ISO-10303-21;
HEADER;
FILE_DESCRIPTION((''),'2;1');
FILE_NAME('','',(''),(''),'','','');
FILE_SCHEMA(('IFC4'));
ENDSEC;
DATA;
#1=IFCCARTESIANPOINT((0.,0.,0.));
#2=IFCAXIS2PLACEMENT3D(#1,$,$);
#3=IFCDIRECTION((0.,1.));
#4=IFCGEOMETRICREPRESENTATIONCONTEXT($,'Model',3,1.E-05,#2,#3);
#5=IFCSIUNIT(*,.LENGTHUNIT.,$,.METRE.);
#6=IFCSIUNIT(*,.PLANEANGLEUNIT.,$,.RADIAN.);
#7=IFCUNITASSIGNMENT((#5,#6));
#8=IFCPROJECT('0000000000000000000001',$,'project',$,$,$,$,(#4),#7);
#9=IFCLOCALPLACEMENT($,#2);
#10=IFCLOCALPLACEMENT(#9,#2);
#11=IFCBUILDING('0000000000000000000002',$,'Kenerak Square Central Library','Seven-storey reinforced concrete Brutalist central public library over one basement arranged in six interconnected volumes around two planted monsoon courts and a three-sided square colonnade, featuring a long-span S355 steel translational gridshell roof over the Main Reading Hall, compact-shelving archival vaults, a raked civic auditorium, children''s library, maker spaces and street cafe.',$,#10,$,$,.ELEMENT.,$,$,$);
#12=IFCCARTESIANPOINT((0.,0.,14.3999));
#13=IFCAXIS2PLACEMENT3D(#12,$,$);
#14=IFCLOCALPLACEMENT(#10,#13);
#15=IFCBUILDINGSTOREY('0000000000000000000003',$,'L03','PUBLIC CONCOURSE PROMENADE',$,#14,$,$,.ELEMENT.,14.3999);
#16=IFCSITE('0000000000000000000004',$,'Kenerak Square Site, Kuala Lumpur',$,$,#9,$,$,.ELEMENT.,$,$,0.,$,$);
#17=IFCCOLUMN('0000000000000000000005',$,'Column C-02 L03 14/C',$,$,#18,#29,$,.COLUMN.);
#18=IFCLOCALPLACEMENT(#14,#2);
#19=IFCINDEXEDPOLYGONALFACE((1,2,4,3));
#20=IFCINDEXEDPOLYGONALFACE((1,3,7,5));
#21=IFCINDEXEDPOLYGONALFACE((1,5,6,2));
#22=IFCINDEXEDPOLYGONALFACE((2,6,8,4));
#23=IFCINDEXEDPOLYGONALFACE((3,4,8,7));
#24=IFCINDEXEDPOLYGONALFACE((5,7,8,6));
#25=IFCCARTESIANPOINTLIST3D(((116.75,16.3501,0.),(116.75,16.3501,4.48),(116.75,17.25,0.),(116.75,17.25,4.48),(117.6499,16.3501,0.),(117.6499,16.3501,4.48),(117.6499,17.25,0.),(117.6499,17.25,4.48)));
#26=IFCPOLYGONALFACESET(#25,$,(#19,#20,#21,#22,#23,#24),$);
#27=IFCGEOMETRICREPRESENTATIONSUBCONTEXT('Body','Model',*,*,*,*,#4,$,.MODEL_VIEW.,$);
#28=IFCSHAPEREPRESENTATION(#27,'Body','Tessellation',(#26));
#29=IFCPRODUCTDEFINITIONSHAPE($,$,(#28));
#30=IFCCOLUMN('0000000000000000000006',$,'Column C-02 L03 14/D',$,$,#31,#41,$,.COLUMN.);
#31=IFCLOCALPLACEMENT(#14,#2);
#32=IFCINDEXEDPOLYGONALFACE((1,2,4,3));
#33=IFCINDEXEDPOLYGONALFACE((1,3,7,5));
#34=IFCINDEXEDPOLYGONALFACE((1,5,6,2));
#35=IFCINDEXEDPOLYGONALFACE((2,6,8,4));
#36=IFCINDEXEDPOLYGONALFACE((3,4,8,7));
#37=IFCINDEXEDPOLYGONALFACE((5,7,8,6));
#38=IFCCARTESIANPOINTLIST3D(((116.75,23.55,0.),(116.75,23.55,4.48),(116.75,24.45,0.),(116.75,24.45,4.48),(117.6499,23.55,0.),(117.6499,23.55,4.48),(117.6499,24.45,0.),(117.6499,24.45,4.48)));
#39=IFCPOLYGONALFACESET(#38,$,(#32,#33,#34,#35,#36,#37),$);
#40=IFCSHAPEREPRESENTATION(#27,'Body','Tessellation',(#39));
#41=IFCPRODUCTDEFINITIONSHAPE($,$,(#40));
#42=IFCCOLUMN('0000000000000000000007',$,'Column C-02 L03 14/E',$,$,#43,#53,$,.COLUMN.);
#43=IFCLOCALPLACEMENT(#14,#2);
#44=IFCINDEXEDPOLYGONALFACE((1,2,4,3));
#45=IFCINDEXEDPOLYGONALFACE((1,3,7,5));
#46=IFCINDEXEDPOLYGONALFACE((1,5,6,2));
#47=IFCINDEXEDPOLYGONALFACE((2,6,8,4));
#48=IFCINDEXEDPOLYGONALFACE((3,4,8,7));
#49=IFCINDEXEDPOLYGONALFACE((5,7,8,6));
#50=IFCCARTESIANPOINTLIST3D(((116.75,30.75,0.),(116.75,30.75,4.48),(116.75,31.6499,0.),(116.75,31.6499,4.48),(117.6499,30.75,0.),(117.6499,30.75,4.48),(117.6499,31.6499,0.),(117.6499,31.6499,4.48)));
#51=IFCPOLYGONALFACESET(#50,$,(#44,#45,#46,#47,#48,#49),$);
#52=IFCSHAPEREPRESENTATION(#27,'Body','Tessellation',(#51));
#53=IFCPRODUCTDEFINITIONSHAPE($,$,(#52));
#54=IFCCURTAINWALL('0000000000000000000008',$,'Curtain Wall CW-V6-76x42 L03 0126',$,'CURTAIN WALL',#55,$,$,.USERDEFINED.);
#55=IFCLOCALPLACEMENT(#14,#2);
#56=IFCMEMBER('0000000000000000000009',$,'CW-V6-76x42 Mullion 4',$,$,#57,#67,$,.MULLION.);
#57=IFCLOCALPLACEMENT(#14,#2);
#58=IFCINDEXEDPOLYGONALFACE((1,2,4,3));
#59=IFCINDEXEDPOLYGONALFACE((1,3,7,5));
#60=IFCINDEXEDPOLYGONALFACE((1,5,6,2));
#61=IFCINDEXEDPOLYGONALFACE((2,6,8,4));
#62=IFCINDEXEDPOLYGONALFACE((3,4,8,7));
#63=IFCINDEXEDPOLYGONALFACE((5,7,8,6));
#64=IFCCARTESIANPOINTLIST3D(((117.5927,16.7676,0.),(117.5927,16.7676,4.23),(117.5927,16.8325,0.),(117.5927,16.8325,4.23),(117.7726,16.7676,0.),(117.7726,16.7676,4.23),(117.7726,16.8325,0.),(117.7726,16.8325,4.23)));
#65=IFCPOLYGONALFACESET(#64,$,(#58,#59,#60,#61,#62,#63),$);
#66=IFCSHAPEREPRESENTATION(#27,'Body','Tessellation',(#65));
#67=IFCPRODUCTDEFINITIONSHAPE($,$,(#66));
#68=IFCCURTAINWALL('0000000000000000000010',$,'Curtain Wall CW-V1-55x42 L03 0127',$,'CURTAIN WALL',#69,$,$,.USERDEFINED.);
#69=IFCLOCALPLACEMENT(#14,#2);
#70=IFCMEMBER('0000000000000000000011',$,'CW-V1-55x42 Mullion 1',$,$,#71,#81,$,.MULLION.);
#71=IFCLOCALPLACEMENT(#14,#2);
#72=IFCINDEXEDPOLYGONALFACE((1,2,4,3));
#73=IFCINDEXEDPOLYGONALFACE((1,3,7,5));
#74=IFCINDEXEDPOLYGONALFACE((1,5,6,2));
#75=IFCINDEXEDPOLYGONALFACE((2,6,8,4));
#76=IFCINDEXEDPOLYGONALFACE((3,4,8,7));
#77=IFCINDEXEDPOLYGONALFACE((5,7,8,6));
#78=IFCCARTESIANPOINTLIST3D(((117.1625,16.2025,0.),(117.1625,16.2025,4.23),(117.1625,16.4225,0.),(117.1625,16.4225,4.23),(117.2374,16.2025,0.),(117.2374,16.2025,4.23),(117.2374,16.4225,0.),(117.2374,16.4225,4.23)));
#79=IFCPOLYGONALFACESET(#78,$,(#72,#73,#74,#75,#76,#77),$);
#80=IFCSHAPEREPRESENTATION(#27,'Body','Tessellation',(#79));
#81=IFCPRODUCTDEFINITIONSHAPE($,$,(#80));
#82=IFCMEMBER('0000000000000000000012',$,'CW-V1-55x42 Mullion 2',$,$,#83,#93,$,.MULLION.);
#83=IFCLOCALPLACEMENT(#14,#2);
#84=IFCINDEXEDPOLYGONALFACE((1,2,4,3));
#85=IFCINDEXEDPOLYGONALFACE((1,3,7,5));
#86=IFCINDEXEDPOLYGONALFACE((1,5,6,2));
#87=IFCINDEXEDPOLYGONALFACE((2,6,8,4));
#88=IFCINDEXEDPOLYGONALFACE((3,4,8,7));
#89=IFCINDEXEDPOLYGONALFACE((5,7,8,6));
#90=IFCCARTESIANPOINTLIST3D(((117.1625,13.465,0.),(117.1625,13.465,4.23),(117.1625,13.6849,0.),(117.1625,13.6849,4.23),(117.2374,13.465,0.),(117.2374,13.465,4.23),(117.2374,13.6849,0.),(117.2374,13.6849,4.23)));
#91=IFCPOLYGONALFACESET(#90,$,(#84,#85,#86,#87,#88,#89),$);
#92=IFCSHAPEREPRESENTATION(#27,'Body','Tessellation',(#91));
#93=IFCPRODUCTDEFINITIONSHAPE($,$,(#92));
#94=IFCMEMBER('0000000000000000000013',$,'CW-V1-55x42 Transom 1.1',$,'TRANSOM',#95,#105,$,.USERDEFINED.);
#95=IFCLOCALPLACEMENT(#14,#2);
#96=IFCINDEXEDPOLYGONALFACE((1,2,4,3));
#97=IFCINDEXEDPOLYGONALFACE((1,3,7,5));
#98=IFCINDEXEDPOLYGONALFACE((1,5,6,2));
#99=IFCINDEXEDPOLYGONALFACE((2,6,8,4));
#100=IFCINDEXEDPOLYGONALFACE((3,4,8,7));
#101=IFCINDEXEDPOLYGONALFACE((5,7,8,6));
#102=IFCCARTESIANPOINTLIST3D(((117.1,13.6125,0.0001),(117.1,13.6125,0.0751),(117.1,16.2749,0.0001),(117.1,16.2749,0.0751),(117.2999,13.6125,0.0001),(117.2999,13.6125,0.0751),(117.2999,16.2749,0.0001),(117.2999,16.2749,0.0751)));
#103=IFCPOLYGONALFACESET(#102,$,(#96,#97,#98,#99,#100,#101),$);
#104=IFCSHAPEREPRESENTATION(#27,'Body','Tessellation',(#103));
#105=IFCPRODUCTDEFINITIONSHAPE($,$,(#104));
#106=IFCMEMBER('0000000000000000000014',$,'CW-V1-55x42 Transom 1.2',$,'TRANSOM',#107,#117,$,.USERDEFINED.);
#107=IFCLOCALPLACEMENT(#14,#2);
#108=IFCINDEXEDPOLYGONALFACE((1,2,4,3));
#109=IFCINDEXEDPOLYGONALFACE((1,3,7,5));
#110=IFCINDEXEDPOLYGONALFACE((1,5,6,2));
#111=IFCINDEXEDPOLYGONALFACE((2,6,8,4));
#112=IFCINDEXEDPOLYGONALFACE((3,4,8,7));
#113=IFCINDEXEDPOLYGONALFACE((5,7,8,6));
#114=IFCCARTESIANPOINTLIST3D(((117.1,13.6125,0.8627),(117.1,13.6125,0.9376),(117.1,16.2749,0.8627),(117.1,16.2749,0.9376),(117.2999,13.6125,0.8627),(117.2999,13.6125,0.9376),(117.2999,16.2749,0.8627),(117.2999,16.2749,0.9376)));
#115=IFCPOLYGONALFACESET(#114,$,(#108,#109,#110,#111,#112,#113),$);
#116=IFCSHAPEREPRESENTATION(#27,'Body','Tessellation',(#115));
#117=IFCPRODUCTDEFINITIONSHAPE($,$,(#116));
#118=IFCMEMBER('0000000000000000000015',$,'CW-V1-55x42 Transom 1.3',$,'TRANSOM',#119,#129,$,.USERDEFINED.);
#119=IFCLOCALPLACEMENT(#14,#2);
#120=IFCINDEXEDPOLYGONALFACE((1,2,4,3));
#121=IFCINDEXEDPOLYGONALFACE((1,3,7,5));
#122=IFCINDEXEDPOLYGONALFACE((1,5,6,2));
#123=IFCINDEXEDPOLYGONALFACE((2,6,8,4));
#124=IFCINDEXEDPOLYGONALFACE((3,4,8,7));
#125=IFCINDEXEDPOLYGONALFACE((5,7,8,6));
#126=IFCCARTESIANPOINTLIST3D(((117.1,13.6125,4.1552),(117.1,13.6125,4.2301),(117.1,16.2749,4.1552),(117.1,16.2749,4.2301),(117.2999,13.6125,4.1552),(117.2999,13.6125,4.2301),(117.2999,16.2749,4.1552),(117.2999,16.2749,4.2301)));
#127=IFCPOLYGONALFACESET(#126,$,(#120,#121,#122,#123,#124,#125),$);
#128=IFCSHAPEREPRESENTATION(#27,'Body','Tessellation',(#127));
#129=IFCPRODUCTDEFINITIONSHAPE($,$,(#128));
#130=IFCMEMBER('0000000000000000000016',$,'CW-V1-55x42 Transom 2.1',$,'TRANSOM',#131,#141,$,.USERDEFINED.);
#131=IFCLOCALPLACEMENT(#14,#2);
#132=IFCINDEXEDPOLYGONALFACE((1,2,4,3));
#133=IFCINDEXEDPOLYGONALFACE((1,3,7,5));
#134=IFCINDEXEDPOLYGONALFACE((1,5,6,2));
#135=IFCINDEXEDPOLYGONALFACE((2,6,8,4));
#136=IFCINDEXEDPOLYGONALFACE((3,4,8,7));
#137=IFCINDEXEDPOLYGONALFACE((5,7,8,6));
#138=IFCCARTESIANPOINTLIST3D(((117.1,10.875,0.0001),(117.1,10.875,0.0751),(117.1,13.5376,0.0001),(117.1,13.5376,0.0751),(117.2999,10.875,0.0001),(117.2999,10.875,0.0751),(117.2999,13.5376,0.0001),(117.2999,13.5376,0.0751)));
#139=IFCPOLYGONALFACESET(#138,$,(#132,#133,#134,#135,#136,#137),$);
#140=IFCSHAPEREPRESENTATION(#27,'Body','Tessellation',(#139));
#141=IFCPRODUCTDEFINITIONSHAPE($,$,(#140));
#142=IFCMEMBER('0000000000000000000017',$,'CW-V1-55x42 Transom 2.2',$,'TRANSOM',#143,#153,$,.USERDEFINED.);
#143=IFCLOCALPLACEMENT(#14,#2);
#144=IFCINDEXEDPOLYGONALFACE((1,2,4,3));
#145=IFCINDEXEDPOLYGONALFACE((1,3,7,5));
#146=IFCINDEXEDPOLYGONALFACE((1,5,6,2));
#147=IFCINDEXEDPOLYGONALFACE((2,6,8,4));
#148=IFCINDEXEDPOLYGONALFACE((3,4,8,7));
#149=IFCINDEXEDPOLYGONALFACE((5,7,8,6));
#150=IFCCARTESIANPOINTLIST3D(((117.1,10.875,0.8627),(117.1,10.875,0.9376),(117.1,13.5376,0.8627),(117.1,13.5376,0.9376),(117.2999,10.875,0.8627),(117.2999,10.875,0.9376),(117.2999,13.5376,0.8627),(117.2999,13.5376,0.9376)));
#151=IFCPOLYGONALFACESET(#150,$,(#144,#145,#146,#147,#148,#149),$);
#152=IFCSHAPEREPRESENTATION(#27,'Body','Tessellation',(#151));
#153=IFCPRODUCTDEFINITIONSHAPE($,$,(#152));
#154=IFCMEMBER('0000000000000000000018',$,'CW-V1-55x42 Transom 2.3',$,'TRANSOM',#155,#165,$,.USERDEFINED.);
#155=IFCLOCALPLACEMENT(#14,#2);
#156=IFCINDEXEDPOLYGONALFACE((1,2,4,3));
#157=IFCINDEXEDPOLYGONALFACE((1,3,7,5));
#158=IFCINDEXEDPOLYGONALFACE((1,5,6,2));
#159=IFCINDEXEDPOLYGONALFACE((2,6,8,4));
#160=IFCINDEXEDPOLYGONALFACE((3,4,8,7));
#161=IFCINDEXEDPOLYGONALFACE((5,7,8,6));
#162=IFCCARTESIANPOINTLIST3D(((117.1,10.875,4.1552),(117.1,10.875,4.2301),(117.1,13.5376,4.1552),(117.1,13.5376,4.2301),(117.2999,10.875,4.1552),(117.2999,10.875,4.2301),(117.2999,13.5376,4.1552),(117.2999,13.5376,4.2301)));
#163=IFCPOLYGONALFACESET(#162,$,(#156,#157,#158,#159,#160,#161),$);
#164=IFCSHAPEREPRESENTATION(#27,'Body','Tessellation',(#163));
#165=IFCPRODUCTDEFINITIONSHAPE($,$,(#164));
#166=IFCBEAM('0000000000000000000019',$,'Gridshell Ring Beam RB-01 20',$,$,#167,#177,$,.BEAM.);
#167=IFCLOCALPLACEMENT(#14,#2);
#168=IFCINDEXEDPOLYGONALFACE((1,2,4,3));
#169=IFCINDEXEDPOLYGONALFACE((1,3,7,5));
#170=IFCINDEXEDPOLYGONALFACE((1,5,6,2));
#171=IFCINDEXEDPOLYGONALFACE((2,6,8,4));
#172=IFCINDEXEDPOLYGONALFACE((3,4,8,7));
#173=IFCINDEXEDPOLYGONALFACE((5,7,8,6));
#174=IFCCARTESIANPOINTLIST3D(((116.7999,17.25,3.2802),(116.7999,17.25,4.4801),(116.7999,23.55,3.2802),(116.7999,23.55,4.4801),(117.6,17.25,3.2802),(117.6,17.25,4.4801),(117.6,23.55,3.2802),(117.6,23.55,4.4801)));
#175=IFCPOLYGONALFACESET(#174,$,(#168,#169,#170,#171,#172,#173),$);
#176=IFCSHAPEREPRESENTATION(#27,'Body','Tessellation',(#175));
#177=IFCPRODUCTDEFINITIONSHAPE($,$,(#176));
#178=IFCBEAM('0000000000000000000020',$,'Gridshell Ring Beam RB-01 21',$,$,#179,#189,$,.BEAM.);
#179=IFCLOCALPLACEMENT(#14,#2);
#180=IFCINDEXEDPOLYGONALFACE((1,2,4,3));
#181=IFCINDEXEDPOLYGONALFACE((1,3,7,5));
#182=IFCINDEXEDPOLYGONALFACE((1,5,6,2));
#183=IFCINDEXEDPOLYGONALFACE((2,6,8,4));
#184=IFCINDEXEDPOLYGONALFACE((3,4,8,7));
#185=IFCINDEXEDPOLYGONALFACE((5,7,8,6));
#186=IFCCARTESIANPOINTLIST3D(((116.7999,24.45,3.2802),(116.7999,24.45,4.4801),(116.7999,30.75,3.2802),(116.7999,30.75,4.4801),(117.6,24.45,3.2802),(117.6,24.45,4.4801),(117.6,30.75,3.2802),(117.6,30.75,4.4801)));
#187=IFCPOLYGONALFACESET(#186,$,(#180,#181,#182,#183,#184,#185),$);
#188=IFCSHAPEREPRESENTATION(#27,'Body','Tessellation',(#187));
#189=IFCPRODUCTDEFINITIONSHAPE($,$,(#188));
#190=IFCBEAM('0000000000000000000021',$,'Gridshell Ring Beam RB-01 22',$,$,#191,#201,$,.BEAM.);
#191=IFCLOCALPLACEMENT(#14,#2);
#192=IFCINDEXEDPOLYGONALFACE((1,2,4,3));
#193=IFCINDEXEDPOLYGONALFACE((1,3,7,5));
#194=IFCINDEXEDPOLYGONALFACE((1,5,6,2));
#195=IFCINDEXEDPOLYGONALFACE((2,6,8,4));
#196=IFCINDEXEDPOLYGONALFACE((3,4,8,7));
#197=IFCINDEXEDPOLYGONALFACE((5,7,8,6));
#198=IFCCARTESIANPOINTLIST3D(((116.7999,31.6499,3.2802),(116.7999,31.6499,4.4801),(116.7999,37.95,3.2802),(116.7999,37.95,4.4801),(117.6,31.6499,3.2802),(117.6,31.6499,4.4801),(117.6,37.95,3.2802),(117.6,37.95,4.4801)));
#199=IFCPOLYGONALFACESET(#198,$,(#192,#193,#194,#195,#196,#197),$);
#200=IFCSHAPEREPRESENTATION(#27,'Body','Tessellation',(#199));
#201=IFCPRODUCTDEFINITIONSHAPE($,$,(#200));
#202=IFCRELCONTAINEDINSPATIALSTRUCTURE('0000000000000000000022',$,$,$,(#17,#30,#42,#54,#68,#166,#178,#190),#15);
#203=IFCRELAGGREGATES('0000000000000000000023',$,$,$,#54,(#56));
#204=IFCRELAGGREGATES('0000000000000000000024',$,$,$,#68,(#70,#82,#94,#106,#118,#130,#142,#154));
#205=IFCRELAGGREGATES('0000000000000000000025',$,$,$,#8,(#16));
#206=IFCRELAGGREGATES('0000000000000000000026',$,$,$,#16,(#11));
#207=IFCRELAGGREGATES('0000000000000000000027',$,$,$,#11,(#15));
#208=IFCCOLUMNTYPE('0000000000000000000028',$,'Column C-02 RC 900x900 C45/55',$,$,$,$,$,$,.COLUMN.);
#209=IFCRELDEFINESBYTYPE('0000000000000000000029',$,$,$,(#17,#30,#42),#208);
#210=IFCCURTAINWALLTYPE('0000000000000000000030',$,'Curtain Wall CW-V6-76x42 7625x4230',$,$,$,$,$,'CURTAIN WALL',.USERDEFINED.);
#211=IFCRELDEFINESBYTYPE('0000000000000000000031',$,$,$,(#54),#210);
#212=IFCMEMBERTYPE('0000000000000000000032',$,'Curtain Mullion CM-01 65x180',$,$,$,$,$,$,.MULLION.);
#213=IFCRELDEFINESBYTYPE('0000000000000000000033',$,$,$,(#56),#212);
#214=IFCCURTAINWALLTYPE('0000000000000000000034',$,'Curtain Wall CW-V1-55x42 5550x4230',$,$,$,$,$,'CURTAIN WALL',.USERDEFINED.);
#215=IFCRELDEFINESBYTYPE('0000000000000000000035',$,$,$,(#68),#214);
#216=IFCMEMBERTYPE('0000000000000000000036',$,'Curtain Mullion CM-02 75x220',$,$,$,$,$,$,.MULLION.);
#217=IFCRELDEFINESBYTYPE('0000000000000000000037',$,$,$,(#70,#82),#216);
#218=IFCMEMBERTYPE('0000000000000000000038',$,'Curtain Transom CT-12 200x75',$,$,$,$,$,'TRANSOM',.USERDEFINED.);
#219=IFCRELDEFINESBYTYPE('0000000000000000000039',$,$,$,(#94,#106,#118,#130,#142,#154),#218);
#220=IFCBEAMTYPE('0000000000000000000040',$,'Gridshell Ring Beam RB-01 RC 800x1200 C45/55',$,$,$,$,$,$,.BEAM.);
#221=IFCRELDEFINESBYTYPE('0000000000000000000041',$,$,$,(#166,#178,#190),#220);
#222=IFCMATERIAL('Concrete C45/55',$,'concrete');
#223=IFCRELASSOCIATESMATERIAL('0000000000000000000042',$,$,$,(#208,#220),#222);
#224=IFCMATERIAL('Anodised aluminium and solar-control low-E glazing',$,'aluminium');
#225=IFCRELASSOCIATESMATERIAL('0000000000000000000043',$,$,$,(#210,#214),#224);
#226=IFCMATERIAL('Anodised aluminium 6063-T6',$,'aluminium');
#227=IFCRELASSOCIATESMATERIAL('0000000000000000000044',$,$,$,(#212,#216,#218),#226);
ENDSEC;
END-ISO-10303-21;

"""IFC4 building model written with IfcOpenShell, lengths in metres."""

from ifc_helpers import new_model, si_unit, direction, frame, origin, origin_2d, place, context, subcontext, project, spatial, rectangle, extrude, material, material_profile, profile_set, type_object, element, aggregate, save


model = new_model("IFC4")

# Units and contexts
model_context = context("Model", 3, precision=1e-05, world=origin(), true_north=direction((0.0, 1.0)))
body_context = subcontext(model_context, "Body", "Model", "MODEL_VIEW")
ifc_project = project(units=[si_unit("LENGTHUNIT", "METRE"), si_unit("PLANEANGLEUNIT", "RADIAN")], contexts=[model_context])

# Site, building, storey
site_placement = place(None, origin())
site = spatial("IfcSite", under=ifc_project, at=site_placement, Name="Kenerak Square Site, Kuala Lumpur", CompositionType="ELEMENT", RefElevation=0.0)
building_placement = place(site_placement, origin())
building = spatial("IfcBuilding", under=site, at=building_placement, Name="Kenerak Square Central Library", Description="Seven-storey reinforced concrete Brutalist central public library over one basement arranged in six interconnected volumes around two planted monsoon courts and a three-sided square colonnade, featuring a long-span S355 steel translational gridshell roof over the Main Reading Hall, compact-shelving archival vaults, a raked civic auditorium, children's library, maker spaces and street cafe.", CompositionType="ELEMENT")
storey_placement = place(building_placement, frame((0.0, 0.0, 14.3999)))
storey = spatial("IfcBuildingStorey", under=building, at=storey_placement, Name="L03", Description="PUBLIC CONCOURSE PROMENADE", CompositionType="ELEMENT", Elevation=14.3999)

# Columns
ifc_material_1 = material(Name="Concrete C45/55", Category="concrete")
ifc_material_profile_1 = material_profile(ifc_material_1, rectangle(XDim=0.8999, YDim=0.8999, at=origin_2d()), Name="RC 900x900")
ifc_profile_set_1 = profile_set([ifc_material_profile_1], Name="Concrete C45/55")
column_type = type_object("IfcColumnType", Name="Column C-02 RC 900x900 C45/55", PredefinedType="COLUMN", material=ifc_profile_set_1)
for number, where, z_axis, x_axis, name in (
    (1, (117.2, 16.8, 0.0), (0.0, 0.0, 1.0), (1.0, 0.0, 0.0), "Column C-02 L03 14/C"),
    (2, (117.2, 24.0, 0.0), (0.0, 0.0, 1.0), (1.0, 0.0, 0.0), "Column C-02 L03 14/D"),
    (3, (117.2, 31.2, 0.0), (0.0, 0.0, 1.0), (1.0, 0.0, 0.0), "Column C-02 L03 14/E"),
):
    element("IfcColumn", number, at=place(storey_placement, frame(where, z_axis=z_axis, x_axis=x_axis)), inside=storey, type_object=column_type, Name=name, PredefinedType="COLUMN", context=body_context, shape_type="SweptSolid", body=[
        extrude(rectangle(XDim=0.8999, YDim=0.8999, at=origin_2d()), origin(), (0.0, 0.0, 1.0), 4.48),
    ])

# Curtain wall, member
ifc_material_2 = material(Name="Anodised aluminium and solar-control low-E glazing", Category="aluminium")
curtain_wall_type_1 = type_object("IfcCurtainWallType", Name="Curtain Wall CW-V6-76x42 7625x4230", ElementType="CURTAIN WALL", PredefinedType="USERDEFINED", material=ifc_material_2)
curtain_wall_1_placement = place(storey_placement, origin())
curtain_wall_1 = element("IfcCurtainWall", 4, at=curtain_wall_1_placement, inside=storey, type_object=curtain_wall_type_1, Name="Curtain Wall CW-V6-76x42 L03 0126", ObjectType="CURTAIN WALL", PredefinedType="USERDEFINED")
ifc_material_3 = material(Name="Anodised aluminium 6063-T6", Category="aluminium")
ifc_material_profile_2 = material_profile(ifc_material_3, rectangle(XDim=0.0649, YDim=0.1799, at=origin_2d()), Name="AL MULLION 65x180")
ifc_profile_set_2 = profile_set([ifc_material_profile_2], Name="Anodised aluminium 6063-T6")
member_type_1 = type_object("IfcMemberType", Name="Curtain Mullion CM-01 65x180", PredefinedType="MULLION", material=ifc_profile_set_2)
member_1_placement = place(storey_placement, frame((117.6826, 16.8, 0.0), z_axis=(0.0, 0.0, 1.0), x_axis=(0.0, -1.0, 0.0)))
member_1 = element("IfcMember", 5, at=member_1_placement, type_object=member_type_1, Name="CW-V6-76x42 Mullion 4", PredefinedType="MULLION", context=body_context, shape_type="SweptSolid", body=[
    extrude(rectangle(XDim=0.0649, YDim=0.1799, at=origin_2d()), origin(), (0.0, 0.0, 1.0), 4.23),
])
aggregate(curtain_wall_1, [member_1])

# Curtain wall, members
curtain_wall_type_2 = type_object("IfcCurtainWallType", Name="Curtain Wall CW-V1-55x42 5550x4230", ElementType="CURTAIN WALL", PredefinedType="USERDEFINED", material=ifc_material_2)
curtain_wall_2_placement = place(storey_placement, origin())
curtain_wall_2 = element("IfcCurtainWall", 6, at=curtain_wall_2_placement, inside=storey, type_object=curtain_wall_type_2, Name="Curtain Wall CW-V1-55x42 L03 0127", ObjectType="CURTAIN WALL", PredefinedType="USERDEFINED")
ifc_material_profile_3 = material_profile(ifc_material_3, rectangle(XDim=0.075, YDim=0.22, at=origin_2d()), Name="AL MULLION 75x220")
ifc_profile_set_3 = profile_set([ifc_material_profile_3], Name="Anodised aluminium 6063-T6")
member_type_2 = type_object("IfcMemberType", Name="Curtain Mullion CM-02 75x220", PredefinedType="MULLION", material=ifc_profile_set_3)
member_2_placement = place(storey_placement, frame((117.2, 16.3125, 0.0), z_axis=(0.0, 0.0, 1.0), x_axis=(1.0, 0.0, 0.0)))
member_2 = element("IfcMember", 7, at=member_2_placement, type_object=member_type_2, Name="CW-V1-55x42 Mullion 1", PredefinedType="MULLION", context=body_context, shape_type="SweptSolid", body=[
    extrude(rectangle(XDim=0.075, YDim=0.22, at=origin_2d()), origin(), (0.0, 0.0, 1.0), 4.23),
])
member_3_placement = place(storey_placement, frame((117.2, 13.575, 0.0), z_axis=(0.0, 0.0, 1.0), x_axis=(1.0, 0.0, 0.0)))
member_3 = element("IfcMember", 8, at=member_3_placement, type_object=member_type_2, Name="CW-V1-55x42 Mullion 2", PredefinedType="MULLION", context=body_context, shape_type="SweptSolid", body=[
    extrude(rectangle(XDim=0.075, YDim=0.22, at=origin_2d()), origin(), (0.0, 0.0, 1.0), 4.23),
])
ifc_material_profile_4 = material_profile(ifc_material_3, rectangle(XDim=0.2, YDim=0.075, at=origin_2d()), Name="AL TRANSOM 200x75")
ifc_profile_set_4 = profile_set([ifc_material_profile_4], Name="Anodised aluminium 6063-T6")
member_type_3 = type_object("IfcMemberType", Name="Curtain Transom CT-12 200x75", ElementType="TRANSOM", PredefinedType="USERDEFINED", material=ifc_profile_set_4)
member_4_placement = place(storey_placement, frame((117.2, 16.2749, 0.0376), z_axis=(0.0, -1.0, 0.0), x_axis=(1.0, 0.0, 0.0)))
member_4 = element("IfcMember", 9, at=member_4_placement, type_object=member_type_3, Name="CW-V1-55x42 Transom 1.1", ObjectType="TRANSOM", PredefinedType="USERDEFINED", context=body_context, shape_type="SweptSolid", body=[
    extrude(rectangle(XDim=0.2, YDim=0.075, at=origin_2d()), origin(), (0.0, 0.0, 1.0), 2.6624),
])
member_5_placement = place(storey_placement, frame((117.2, 16.2749, 0.9001), z_axis=(0.0, -1.0, 0.0), x_axis=(1.0, 0.0, 0.0)))
member_5 = element("IfcMember", 10, at=member_5_placement, type_object=member_type_3, Name="CW-V1-55x42 Transom 1.2", ObjectType="TRANSOM", PredefinedType="USERDEFINED", context=body_context, shape_type="SweptSolid", body=[
    extrude(rectangle(XDim=0.2, YDim=0.075, at=origin_2d()), origin(), (0.0, 0.0, 1.0), 2.6624),
])
member_6_placement = place(storey_placement, frame((117.2, 16.2749, 4.1926), z_axis=(0.0, -1.0, 0.0), x_axis=(1.0, 0.0, 0.0)))
member_6 = element("IfcMember", 11, at=member_6_placement, type_object=member_type_3, Name="CW-V1-55x42 Transom 1.3", ObjectType="TRANSOM", PredefinedType="USERDEFINED", context=body_context, shape_type="SweptSolid", body=[
    extrude(rectangle(XDim=0.2, YDim=0.075, at=origin_2d()), origin(), (0.0, 0.0, 1.0), 2.6624),
])
member_7_placement = place(storey_placement, frame((117.2, 13.5376, 0.0376), z_axis=(0.0, -1.0, 0.0), x_axis=(1.0, 0.0, 0.0)))
member_7 = element("IfcMember", 12, at=member_7_placement, type_object=member_type_3, Name="CW-V1-55x42 Transom 2.1", ObjectType="TRANSOM", PredefinedType="USERDEFINED", context=body_context, shape_type="SweptSolid", body=[
    extrude(rectangle(XDim=0.2, YDim=0.075, at=origin_2d()), origin(), (0.0, 0.0, 1.0), 2.6626),
])
member_8_placement = place(storey_placement, frame((117.2, 13.5376, 0.9001), z_axis=(0.0, -1.0, 0.0), x_axis=(1.0, 0.0, 0.0)))
member_8 = element("IfcMember", 13, at=member_8_placement, type_object=member_type_3, Name="CW-V1-55x42 Transom 2.2", ObjectType="TRANSOM", PredefinedType="USERDEFINED", context=body_context, shape_type="SweptSolid", body=[
    extrude(rectangle(XDim=0.2, YDim=0.075, at=origin_2d()), origin(), (0.0, 0.0, 1.0), 2.6626),
])
member_9_placement = place(storey_placement, frame((117.2, 13.5376, 4.1926), z_axis=(0.0, -1.0, 0.0), x_axis=(1.0, 0.0, 0.0)))
member_9 = element("IfcMember", 14, at=member_9_placement, type_object=member_type_3, Name="CW-V1-55x42 Transom 2.3", ObjectType="TRANSOM", PredefinedType="USERDEFINED", context=body_context, shape_type="SweptSolid", body=[
    extrude(rectangle(XDim=0.2, YDim=0.075, at=origin_2d()), origin(), (0.0, 0.0, 1.0), 2.6626),
])

# Beams
ifc_material_profile_5 = material_profile(ifc_material_1, rectangle(XDim=0.8, YDim=1.2, at=origin_2d()), Name="RC 800x1200")
ifc_profile_set_5 = profile_set([ifc_material_profile_5], Name="Concrete C45/55")
beam_type = type_object("IfcBeamType", Name="Gridshell Ring Beam RB-01 RC 800x1200 C45/55", PredefinedType="BEAM", material=ifc_profile_set_5)
for number, where, z_axis, x_axis, name in (
    (15, (117.2, 17.25, 3.8801), (0.0, 1.0, 0.0), (-1.0, 0.0, 0.0), "Gridshell Ring Beam RB-01 20"),
    (16, (117.2, 24.45, 3.8801), (0.0, 1.0, 0.0), (-1.0, 0.0, 0.0), "Gridshell Ring Beam RB-01 21"),
    (17, (117.2, 31.6499, 3.8801), (0.0, 1.0, 0.0), (-1.0, 0.0, 0.0), "Gridshell Ring Beam RB-01 22"),
):
    element("IfcBeam", number, at=place(storey_placement, frame(where, z_axis=z_axis, x_axis=x_axis)), inside=storey, type_object=beam_type, Name=name, PredefinedType="BEAM", context=body_context, shape_type="SweptSolid", body=[
        extrude(rectangle(XDim=0.8, YDim=1.2, at=origin_2d()), origin(), (0.0, 0.0, 1.0), 6.3),
    ])

aggregate(curtain_wall_2, [member_2, member_3, member_4, member_5, member_6, member_7, member_8, member_9])

save(model, "model.ifc")
